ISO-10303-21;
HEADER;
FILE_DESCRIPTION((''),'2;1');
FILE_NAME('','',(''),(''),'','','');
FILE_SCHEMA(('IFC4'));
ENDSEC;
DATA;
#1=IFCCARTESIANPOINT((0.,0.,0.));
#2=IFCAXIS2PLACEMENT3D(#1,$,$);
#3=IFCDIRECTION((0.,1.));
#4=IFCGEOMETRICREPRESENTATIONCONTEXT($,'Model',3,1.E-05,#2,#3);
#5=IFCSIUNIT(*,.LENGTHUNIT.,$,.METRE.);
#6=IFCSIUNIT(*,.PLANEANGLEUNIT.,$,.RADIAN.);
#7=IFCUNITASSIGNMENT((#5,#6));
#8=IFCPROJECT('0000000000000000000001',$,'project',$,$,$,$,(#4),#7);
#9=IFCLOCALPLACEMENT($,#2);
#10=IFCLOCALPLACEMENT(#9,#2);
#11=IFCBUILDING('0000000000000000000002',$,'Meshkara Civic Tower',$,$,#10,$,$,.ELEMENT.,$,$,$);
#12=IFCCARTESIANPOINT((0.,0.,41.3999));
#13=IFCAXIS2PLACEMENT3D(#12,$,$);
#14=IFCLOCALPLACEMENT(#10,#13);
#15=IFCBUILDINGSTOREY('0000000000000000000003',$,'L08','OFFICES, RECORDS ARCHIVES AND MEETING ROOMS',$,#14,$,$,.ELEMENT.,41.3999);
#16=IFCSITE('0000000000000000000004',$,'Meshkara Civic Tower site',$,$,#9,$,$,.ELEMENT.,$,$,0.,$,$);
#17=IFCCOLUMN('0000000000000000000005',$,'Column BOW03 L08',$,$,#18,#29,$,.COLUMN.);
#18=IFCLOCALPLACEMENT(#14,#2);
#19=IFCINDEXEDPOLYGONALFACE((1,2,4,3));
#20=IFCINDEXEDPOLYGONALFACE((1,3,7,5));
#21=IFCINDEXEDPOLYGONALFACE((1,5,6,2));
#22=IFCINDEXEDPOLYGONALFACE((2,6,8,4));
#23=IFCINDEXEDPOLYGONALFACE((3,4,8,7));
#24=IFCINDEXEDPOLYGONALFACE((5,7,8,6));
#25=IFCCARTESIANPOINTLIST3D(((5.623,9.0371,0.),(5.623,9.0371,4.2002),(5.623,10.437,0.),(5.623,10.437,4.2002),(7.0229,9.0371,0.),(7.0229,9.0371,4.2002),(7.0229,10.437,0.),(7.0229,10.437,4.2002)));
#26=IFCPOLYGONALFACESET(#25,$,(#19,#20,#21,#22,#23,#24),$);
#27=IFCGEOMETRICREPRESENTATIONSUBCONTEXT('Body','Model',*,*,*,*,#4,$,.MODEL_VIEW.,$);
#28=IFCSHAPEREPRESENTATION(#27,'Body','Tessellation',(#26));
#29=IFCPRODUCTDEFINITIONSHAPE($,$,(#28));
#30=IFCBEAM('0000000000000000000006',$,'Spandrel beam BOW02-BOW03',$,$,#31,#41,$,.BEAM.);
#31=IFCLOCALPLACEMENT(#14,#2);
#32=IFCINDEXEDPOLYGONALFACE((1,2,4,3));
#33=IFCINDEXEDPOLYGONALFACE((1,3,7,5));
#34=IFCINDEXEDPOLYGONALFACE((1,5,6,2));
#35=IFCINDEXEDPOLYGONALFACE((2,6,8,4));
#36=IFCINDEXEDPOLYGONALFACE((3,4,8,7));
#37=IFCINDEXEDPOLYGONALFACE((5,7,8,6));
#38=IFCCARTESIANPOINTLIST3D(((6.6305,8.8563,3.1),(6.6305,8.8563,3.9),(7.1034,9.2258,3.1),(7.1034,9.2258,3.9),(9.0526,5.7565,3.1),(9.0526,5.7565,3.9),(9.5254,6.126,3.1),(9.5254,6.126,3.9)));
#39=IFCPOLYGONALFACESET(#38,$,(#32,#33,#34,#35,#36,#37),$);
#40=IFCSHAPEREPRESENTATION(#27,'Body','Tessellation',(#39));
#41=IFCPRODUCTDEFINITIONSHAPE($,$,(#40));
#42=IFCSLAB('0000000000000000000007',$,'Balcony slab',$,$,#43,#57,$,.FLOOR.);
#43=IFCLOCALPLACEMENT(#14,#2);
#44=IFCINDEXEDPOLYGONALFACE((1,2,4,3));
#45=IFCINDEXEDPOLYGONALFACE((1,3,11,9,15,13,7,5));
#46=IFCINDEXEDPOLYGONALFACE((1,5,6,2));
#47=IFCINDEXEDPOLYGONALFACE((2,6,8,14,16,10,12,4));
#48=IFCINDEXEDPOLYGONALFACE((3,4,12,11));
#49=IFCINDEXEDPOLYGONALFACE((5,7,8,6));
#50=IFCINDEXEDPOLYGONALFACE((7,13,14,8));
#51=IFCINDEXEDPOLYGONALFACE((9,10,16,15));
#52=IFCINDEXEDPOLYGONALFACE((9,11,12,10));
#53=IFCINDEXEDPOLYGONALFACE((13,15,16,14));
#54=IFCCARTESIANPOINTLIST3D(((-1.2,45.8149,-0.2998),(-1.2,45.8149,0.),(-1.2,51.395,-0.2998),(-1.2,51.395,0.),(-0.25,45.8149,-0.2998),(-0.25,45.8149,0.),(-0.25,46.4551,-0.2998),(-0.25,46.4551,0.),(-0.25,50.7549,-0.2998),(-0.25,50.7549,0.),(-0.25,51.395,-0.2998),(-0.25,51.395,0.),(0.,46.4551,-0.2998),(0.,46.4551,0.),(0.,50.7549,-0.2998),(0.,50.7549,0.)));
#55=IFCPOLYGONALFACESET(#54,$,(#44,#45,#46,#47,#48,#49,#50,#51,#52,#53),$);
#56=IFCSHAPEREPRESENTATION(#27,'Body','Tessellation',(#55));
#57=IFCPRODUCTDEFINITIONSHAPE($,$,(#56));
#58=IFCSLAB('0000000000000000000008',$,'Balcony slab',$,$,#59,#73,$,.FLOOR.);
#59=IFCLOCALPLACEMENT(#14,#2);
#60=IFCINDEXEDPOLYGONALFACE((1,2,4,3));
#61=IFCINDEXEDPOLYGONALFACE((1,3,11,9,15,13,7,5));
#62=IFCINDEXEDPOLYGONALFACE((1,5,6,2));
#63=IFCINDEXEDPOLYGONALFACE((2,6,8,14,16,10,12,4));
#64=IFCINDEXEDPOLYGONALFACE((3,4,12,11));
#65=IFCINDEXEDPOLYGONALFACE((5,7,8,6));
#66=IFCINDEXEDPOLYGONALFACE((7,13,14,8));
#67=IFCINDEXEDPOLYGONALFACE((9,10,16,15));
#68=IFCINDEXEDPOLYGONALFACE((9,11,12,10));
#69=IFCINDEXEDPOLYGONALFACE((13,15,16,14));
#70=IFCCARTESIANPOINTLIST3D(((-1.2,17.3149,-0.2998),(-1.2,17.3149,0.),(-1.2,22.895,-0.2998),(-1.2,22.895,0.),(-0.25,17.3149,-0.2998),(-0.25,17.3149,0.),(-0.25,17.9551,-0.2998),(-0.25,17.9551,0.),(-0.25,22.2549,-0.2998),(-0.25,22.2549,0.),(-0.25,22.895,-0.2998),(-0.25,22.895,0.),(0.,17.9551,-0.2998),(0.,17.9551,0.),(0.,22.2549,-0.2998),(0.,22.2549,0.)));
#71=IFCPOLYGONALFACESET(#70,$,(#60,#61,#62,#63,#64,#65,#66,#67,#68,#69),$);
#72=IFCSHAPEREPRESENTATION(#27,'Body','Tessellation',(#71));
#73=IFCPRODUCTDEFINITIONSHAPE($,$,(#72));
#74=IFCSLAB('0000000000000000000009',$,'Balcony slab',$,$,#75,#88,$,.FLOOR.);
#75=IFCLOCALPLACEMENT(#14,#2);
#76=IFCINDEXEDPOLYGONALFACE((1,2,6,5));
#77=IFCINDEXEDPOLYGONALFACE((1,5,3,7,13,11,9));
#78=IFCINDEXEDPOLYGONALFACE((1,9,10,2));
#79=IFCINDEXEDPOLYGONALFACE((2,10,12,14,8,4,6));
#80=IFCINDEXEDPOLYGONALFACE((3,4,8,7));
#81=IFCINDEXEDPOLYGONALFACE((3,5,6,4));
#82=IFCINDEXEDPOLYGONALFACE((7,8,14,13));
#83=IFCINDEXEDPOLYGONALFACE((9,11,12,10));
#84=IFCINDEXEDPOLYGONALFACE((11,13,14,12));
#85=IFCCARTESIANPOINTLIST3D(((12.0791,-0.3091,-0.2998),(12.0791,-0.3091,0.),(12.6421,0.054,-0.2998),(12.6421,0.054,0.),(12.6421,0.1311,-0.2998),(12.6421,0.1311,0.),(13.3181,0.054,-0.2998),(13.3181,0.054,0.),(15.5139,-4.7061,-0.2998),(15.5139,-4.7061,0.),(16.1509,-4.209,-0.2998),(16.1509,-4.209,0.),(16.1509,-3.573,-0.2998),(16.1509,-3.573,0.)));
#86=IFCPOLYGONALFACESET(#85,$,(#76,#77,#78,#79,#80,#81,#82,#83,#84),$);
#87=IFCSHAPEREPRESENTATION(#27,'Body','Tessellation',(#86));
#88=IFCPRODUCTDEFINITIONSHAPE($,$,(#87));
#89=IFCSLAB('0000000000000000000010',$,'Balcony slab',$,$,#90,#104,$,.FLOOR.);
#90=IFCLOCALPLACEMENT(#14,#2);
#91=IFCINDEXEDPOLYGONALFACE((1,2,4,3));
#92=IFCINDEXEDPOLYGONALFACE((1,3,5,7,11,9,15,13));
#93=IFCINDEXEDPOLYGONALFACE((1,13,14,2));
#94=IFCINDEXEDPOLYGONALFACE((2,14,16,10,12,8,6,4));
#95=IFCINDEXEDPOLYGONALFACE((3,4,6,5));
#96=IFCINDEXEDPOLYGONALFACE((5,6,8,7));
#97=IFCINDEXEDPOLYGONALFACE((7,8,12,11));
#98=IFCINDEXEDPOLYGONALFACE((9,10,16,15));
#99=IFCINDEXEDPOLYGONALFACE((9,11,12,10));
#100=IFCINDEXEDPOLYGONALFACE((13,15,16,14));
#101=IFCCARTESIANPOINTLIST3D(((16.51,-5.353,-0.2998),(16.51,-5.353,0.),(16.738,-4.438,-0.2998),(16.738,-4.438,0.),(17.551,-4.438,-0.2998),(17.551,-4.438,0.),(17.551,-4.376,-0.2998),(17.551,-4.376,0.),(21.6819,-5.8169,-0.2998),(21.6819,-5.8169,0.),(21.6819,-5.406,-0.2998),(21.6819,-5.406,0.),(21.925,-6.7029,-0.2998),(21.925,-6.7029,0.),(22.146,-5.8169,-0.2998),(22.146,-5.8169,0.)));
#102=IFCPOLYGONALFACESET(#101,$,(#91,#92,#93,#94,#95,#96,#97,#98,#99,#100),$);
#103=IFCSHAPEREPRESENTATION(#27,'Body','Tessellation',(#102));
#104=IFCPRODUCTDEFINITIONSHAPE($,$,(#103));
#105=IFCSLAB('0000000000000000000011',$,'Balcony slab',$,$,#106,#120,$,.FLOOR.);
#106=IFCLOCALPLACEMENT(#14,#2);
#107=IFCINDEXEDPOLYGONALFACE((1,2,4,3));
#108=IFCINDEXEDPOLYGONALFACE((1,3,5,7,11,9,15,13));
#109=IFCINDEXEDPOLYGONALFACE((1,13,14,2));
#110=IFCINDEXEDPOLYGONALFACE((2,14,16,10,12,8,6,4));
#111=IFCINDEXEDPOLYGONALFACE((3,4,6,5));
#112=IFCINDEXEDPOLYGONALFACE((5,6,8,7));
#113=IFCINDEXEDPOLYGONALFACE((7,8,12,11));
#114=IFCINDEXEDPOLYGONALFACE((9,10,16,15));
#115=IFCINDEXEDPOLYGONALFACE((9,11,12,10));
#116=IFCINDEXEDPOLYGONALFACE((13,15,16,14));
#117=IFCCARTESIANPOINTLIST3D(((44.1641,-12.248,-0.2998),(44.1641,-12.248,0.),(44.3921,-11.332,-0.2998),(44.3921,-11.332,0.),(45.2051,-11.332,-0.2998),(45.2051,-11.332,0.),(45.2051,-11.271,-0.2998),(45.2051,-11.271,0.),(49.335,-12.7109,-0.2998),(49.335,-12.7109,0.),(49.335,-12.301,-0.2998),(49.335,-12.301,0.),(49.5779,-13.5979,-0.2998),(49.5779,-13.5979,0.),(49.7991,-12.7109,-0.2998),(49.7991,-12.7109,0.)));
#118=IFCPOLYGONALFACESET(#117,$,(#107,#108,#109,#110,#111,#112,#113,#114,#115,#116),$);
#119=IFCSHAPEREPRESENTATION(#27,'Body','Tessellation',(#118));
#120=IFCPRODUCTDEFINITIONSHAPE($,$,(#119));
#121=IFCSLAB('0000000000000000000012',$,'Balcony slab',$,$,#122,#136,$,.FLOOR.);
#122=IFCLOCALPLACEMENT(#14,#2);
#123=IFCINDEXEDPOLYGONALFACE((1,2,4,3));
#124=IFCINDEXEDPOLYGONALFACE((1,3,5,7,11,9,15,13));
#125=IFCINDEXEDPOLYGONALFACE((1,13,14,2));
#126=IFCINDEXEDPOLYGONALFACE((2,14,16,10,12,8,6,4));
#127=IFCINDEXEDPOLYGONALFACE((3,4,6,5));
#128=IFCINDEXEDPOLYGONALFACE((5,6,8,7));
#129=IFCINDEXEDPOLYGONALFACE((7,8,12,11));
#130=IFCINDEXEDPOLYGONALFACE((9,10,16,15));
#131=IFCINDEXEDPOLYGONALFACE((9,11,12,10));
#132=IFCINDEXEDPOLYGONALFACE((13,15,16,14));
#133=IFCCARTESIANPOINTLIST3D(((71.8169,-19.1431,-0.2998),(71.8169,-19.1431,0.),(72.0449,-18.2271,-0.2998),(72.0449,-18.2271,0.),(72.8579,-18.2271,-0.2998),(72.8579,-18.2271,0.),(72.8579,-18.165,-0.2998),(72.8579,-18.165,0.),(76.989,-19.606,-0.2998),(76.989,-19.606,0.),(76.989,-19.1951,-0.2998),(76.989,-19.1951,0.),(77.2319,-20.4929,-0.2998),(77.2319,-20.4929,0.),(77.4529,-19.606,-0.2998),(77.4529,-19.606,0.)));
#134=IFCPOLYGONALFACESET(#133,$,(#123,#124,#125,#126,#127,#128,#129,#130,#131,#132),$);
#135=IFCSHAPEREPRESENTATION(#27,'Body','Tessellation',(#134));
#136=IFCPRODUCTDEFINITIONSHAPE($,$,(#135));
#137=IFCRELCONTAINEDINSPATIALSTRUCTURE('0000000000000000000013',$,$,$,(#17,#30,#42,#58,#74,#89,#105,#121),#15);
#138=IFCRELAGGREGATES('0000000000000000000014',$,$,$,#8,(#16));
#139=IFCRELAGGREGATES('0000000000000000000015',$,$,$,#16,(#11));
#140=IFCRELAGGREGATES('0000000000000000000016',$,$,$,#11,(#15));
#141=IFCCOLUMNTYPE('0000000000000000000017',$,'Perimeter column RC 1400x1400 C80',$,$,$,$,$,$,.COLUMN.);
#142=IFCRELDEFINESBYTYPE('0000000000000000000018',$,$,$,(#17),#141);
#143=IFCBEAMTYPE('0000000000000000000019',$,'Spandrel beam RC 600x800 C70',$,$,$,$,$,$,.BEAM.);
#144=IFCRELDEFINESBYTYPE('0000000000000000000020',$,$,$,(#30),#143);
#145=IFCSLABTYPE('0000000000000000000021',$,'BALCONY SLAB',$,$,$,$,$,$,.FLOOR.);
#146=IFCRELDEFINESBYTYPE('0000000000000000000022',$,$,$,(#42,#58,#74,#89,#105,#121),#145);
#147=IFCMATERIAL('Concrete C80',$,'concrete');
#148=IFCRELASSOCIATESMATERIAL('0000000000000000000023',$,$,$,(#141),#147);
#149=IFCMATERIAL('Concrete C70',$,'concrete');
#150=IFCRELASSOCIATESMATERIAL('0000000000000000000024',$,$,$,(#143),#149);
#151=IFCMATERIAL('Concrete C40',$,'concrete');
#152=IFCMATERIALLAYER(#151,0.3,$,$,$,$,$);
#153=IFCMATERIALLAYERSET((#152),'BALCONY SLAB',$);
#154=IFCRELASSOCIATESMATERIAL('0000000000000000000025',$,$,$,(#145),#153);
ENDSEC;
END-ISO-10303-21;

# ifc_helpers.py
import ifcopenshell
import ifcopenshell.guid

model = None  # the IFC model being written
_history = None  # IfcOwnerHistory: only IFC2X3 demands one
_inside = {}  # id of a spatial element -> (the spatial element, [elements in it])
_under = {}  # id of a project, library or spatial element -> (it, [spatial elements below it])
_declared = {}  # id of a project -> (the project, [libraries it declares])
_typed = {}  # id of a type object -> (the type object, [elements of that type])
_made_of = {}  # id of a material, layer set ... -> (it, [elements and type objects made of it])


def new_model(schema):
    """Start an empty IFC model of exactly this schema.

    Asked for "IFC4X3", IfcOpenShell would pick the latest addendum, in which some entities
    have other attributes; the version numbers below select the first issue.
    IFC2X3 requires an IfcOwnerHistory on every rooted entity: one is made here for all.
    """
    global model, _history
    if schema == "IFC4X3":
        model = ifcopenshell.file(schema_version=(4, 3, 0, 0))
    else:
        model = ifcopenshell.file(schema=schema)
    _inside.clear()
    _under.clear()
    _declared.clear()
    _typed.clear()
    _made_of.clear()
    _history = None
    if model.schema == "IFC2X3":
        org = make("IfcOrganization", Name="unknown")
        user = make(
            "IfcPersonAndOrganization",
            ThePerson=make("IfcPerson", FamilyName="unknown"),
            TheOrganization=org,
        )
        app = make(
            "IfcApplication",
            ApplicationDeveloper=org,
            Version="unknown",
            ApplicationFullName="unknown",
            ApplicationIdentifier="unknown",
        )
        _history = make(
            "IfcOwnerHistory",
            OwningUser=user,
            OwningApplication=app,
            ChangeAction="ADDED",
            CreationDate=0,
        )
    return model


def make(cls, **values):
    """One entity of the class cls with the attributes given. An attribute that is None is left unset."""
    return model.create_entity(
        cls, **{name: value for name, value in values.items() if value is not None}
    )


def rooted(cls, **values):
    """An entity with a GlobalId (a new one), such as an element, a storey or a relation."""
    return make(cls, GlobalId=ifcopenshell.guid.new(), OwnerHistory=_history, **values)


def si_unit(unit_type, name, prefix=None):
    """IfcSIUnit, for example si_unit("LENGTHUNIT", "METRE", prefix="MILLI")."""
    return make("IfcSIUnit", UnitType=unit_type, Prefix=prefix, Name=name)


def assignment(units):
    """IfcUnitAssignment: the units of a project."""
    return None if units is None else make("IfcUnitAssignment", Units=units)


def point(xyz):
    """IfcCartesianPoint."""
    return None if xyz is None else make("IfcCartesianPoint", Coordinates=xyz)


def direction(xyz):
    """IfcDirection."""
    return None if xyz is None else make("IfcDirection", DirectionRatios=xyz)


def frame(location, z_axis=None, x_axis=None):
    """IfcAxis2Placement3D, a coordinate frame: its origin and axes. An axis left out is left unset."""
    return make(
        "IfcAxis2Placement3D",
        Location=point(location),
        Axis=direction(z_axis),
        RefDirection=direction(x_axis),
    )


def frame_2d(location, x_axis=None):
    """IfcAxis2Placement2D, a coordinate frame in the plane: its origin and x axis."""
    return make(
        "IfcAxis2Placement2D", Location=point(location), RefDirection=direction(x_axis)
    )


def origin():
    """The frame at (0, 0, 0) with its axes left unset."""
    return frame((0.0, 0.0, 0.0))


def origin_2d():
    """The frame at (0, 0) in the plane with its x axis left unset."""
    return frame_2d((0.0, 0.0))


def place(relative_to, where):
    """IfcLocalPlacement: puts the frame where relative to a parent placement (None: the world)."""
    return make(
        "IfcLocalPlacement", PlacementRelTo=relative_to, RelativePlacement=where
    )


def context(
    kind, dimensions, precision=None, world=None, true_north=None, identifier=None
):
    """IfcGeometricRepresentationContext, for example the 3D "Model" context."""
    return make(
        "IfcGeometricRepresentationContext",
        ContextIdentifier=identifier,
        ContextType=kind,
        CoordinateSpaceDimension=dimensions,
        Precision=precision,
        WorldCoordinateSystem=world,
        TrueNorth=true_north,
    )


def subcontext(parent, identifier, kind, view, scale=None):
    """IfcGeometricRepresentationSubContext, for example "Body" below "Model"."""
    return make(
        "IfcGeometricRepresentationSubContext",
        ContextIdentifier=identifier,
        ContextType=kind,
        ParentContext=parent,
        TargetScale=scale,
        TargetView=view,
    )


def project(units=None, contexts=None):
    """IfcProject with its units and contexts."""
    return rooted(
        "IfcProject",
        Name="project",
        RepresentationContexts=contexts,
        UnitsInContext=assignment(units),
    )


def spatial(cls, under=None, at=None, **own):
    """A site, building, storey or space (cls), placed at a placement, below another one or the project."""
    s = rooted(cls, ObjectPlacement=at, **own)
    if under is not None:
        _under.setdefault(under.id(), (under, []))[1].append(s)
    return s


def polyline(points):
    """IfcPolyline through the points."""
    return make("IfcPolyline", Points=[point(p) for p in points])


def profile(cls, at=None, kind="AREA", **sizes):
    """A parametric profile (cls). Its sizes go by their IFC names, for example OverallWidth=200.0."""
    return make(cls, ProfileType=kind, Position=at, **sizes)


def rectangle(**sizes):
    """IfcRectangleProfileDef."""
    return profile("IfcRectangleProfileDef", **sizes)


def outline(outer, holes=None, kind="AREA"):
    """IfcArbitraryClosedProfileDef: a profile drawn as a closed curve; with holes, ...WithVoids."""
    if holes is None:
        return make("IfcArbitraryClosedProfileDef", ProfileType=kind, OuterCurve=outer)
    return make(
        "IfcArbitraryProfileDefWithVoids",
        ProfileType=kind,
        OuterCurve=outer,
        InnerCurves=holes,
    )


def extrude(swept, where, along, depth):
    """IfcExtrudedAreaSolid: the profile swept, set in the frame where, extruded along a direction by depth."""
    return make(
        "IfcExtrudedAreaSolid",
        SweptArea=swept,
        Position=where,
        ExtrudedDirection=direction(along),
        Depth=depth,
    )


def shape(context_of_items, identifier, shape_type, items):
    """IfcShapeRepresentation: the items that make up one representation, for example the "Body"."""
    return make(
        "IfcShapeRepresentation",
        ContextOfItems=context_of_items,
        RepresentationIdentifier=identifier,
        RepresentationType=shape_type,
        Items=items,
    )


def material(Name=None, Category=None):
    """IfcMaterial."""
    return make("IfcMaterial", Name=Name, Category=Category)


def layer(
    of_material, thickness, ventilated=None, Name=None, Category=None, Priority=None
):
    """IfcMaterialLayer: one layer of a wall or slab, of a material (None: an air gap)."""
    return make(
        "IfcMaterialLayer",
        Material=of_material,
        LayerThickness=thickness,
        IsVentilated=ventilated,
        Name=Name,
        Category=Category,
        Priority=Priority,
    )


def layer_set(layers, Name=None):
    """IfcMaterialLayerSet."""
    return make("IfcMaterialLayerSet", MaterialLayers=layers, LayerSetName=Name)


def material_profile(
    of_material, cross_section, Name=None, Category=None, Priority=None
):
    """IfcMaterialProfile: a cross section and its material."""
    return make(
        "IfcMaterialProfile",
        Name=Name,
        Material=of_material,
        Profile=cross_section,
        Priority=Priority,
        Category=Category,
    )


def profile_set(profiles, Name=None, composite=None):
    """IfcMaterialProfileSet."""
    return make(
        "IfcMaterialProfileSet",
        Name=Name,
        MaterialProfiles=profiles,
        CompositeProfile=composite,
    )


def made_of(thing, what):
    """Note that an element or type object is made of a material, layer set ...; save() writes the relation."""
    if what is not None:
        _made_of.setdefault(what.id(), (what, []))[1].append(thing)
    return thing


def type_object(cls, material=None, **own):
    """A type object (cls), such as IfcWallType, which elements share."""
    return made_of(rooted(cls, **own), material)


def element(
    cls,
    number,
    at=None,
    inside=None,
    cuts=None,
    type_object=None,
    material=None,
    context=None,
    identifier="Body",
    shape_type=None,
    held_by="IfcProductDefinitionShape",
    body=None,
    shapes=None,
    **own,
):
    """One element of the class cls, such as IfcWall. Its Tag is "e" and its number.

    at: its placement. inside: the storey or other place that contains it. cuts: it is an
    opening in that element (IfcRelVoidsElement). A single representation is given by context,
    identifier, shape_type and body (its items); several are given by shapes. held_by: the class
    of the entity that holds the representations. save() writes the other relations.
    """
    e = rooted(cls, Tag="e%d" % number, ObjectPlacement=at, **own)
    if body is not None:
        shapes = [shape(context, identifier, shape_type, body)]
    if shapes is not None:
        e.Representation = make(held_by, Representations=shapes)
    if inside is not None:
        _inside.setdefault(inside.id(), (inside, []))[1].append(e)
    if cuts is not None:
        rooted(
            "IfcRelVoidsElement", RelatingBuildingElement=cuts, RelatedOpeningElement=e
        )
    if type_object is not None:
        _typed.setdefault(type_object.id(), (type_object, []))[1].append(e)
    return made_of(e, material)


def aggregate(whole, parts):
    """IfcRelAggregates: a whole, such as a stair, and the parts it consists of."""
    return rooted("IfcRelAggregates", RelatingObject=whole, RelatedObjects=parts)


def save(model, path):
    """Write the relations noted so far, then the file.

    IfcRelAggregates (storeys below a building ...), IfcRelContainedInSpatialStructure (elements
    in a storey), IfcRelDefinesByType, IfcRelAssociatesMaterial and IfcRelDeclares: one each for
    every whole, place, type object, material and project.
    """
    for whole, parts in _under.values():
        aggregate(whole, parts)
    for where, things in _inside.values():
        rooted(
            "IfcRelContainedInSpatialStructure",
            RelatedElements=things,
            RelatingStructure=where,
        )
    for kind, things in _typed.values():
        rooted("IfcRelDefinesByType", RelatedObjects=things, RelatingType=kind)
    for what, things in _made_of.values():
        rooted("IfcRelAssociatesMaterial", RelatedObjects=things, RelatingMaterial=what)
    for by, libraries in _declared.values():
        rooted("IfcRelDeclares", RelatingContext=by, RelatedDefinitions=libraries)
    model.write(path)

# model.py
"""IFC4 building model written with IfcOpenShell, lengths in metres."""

from ifc_helpers import new_model, si_unit, direction, frame, origin, origin_2d, place, context, subcontext, project, spatial, polyline, rectangle, outline, extrude, material, layer, layer_set, material_profile, profile_set, type_object, element, save


model = new_model("IFC4")

# Units and contexts
model_context = context("Model", 3, precision=1e-05, world=origin(), true_north=direction((0.0, 1.0)))
body_context = subcontext(model_context, "Body", "Model", "MODEL_VIEW")
ifc_project = project(units=[si_unit("LENGTHUNIT", "METRE"), si_unit("PLANEANGLEUNIT", "RADIAN")], contexts=[model_context])

# Site, building, storey
site_placement = place(None, origin())
site = spatial("IfcSite", under=ifc_project, at=site_placement, Name="Meshkara Civic Tower site", CompositionType="ELEMENT", RefElevation=0.0)
building_placement = place(site_placement, origin())
building = spatial("IfcBuilding", under=site, at=building_placement, Name="Meshkara Civic Tower", CompositionType="ELEMENT")
storey_placement = place(building_placement, frame((0.0, 0.0, 41.3999)))
storey = spatial("IfcBuildingStorey", under=building, at=storey_placement, Name="L08", Description="OFFICES, RECORDS ARCHIVES AND MEETING ROOMS", CompositionType="ELEMENT", Elevation=41.3999)

# Column
ifc_material_1 = material(Name="Concrete C80", Category="concrete")
ifc_material_profile_1 = material_profile(ifc_material_1, rectangle(XDim=1.3999, YDim=1.3999, at=origin_2d()))
ifc_profile_set_1 = profile_set([ifc_material_profile_1], Name="Concrete C80")
column_type = type_object("IfcColumnType", Name="Perimeter column RC 1400x1400 C80", PredefinedType="COLUMN", material=ifc_profile_set_1)
column_placement = place(storey_placement, frame((6.323, 9.7371, 0.0), z_axis=(0.0, 0.0, 1.0), x_axis=(1.0, 0.0, 0.0)))
element("IfcColumn", 1, at=column_placement, inside=storey, type_object=column_type, Name="Column BOW03 L08", PredefinedType="COLUMN", context=body_context, shape_type="SweptSolid", body=[
    extrude(rectangle(XDim=1.3999, YDim=1.3999, at=origin_2d()), origin(), (0.0, 0.0, 1.0), 4.2002),
])

# Beam
ifc_material_2 = material(Name="Concrete C70", Category="concrete")
ifc_material_profile_2 = material_profile(ifc_material_2, rectangle(XDim=0.6001, YDim=0.8, at=origin_2d()))
ifc_profile_set_2 = profile_set([ifc_material_profile_2], Name="Concrete C70")
beam_type = type_object("IfcBeamType", Name="Spandrel beam RC 600x800 C70", PredefinedType="BEAM", material=ifc_profile_set_2)
beam_placement = place(storey_placement, frame((6.8669, 9.041, 3.5), z_axis=(0.615701, -0.78798, 0.0), x_axis=(0.78798, 0.615701, 0.0)))
element("IfcBeam", 2, at=beam_placement, inside=storey, type_object=beam_type, Name="Spandrel beam BOW02-BOW03", PredefinedType="BEAM", context=body_context, shape_type="SweptSolid", body=[
    extrude(rectangle(XDim=0.6001, YDim=0.8, at=origin_2d()), origin(), (0.0, 0.0, 1.0), 3.9338),
])

# Slabs
ifc_material_3 = material(Name="Concrete C40", Category="concrete")
ifc_layer_1 = layer(ifc_material_3, 0.3)
ifc_layer_set_1 = layer_set([ifc_layer_1], Name="BALCONY SLAB")
slab_type_1 = type_object("IfcSlabType", Name="BALCONY SLAB", PredefinedType="FLOOR", material=ifc_layer_set_1)
slab_1_placement = place(storey_placement, frame((0.0, 0.0, -0.2998)))
element("IfcSlab", 3, at=slab_1_placement, inside=storey, type_object=slab_type_1, Name="Balcony slab", PredefinedType="FLOOR", context=body_context, shape_type="SweptSolid", body=[
    extrude(outline(polyline([(-1.2, 45.8149), (-1.2, 51.395), (-0.25, 51.395), (-0.25, 50.7549), (0.0, 50.7549), (0.0, 46.4551), (-0.25, 46.4551), (-0.25, 45.8149), (-1.2, 45.8149)])), origin(), (0.0, 0.0, 1.0), 0.2998),
])
slab_2_placement = place(storey_placement, frame((0.0, 0.0, -0.2998)))
element("IfcSlab", 4, at=slab_2_placement, inside=storey, type_object=slab_type_1, Name="Balcony slab", PredefinedType="FLOOR", context=body_context, shape_type="SweptSolid", body=[
    extrude(outline(polyline([(-1.2, 17.3149), (-1.2, 22.895), (-0.25, 22.895), (-0.25, 22.2549), (0.0, 22.2549), (0.0, 17.9551), (-0.25, 17.9551), (-0.25, 17.3149), (-1.2, 17.3149)])), origin(), (0.0, 0.0, 1.0), 0.2998),
])
slab_3_placement = place(storey_placement, frame((0.0, 0.0, -0.2998)))
element("IfcSlab", 5, at=slab_3_placement, inside=storey, type_object=slab_type_1, Name="Balcony slab", PredefinedType="FLOOR", context=body_context, shape_type="SweptSolid", body=[
    extrude(outline(polyline([(15.5139, -4.7061), (12.0791, -0.3091), (12.6421, 0.1311), (12.6421, 0.054), (13.3181, 0.054), (16.1509, -3.573), (16.1509, -4.209), (15.5139, -4.7061)])), origin(), (0.0, 0.0, 1.0), 0.2998),
])
slab_4_placement = place(storey_placement, frame((0.0, 0.0, -0.2998)))
element("IfcSlab", 6, at=slab_4_placement, inside=storey, type_object=slab_type_1, Name="Balcony slab", PredefinedType="FLOOR", context=body_context, shape_type="SweptSolid", body=[
    extrude(outline(polyline([(21.925, -6.7029), (16.51, -5.353), (16.738, -4.438), (17.551, -4.438), (17.551, -4.376), (21.6819, -5.406), (21.6819, -5.8169), (22.146, -5.8169), (21.925, -6.7029)])), origin(), (0.0, 0.0, 1.0), 0.2998),
])
slab_5_placement = place(storey_placement, frame((0.0, 0.0, -0.2998)))
element("IfcSlab", 7, at=slab_5_placement, inside=storey, type_object=slab_type_1, Name="Balcony slab", PredefinedType="FLOOR", context=body_context, shape_type="SweptSolid", body=[
    extrude(outline(polyline([(49.5779, -13.5979), (44.1641, -12.248), (44.3921, -11.332), (45.2051, -11.332), (45.2051, -11.271), (49.335, -12.301), (49.335, -12.7109), (49.7991, -12.7109), (49.5779, -13.5979)])), origin(), (0.0, 0.0, 1.0), 0.2998),
])
slab_6_placement = place(storey_placement, frame((0.0, 0.0, -0.2998)))
element("IfcSlab", 8, at=slab_6_placement, inside=storey, type_object=slab_type_1, Name="Balcony slab", PredefinedType="FLOOR", context=body_context, shape_type="SweptSolid", body=[
    extrude(outline(polyline([(77.2319, -20.4929), (71.8169, -19.1431), (72.0449, -18.2271), (72.8579, -18.2271), (72.8579, -18.165), (76.989, -19.1951), (76.989, -19.606), (77.4529, -19.606), (77.2319, -20.4929)])), origin(), (0.0, 0.0, 1.0), 0.2998),
])

save(model, "model.ifc")
